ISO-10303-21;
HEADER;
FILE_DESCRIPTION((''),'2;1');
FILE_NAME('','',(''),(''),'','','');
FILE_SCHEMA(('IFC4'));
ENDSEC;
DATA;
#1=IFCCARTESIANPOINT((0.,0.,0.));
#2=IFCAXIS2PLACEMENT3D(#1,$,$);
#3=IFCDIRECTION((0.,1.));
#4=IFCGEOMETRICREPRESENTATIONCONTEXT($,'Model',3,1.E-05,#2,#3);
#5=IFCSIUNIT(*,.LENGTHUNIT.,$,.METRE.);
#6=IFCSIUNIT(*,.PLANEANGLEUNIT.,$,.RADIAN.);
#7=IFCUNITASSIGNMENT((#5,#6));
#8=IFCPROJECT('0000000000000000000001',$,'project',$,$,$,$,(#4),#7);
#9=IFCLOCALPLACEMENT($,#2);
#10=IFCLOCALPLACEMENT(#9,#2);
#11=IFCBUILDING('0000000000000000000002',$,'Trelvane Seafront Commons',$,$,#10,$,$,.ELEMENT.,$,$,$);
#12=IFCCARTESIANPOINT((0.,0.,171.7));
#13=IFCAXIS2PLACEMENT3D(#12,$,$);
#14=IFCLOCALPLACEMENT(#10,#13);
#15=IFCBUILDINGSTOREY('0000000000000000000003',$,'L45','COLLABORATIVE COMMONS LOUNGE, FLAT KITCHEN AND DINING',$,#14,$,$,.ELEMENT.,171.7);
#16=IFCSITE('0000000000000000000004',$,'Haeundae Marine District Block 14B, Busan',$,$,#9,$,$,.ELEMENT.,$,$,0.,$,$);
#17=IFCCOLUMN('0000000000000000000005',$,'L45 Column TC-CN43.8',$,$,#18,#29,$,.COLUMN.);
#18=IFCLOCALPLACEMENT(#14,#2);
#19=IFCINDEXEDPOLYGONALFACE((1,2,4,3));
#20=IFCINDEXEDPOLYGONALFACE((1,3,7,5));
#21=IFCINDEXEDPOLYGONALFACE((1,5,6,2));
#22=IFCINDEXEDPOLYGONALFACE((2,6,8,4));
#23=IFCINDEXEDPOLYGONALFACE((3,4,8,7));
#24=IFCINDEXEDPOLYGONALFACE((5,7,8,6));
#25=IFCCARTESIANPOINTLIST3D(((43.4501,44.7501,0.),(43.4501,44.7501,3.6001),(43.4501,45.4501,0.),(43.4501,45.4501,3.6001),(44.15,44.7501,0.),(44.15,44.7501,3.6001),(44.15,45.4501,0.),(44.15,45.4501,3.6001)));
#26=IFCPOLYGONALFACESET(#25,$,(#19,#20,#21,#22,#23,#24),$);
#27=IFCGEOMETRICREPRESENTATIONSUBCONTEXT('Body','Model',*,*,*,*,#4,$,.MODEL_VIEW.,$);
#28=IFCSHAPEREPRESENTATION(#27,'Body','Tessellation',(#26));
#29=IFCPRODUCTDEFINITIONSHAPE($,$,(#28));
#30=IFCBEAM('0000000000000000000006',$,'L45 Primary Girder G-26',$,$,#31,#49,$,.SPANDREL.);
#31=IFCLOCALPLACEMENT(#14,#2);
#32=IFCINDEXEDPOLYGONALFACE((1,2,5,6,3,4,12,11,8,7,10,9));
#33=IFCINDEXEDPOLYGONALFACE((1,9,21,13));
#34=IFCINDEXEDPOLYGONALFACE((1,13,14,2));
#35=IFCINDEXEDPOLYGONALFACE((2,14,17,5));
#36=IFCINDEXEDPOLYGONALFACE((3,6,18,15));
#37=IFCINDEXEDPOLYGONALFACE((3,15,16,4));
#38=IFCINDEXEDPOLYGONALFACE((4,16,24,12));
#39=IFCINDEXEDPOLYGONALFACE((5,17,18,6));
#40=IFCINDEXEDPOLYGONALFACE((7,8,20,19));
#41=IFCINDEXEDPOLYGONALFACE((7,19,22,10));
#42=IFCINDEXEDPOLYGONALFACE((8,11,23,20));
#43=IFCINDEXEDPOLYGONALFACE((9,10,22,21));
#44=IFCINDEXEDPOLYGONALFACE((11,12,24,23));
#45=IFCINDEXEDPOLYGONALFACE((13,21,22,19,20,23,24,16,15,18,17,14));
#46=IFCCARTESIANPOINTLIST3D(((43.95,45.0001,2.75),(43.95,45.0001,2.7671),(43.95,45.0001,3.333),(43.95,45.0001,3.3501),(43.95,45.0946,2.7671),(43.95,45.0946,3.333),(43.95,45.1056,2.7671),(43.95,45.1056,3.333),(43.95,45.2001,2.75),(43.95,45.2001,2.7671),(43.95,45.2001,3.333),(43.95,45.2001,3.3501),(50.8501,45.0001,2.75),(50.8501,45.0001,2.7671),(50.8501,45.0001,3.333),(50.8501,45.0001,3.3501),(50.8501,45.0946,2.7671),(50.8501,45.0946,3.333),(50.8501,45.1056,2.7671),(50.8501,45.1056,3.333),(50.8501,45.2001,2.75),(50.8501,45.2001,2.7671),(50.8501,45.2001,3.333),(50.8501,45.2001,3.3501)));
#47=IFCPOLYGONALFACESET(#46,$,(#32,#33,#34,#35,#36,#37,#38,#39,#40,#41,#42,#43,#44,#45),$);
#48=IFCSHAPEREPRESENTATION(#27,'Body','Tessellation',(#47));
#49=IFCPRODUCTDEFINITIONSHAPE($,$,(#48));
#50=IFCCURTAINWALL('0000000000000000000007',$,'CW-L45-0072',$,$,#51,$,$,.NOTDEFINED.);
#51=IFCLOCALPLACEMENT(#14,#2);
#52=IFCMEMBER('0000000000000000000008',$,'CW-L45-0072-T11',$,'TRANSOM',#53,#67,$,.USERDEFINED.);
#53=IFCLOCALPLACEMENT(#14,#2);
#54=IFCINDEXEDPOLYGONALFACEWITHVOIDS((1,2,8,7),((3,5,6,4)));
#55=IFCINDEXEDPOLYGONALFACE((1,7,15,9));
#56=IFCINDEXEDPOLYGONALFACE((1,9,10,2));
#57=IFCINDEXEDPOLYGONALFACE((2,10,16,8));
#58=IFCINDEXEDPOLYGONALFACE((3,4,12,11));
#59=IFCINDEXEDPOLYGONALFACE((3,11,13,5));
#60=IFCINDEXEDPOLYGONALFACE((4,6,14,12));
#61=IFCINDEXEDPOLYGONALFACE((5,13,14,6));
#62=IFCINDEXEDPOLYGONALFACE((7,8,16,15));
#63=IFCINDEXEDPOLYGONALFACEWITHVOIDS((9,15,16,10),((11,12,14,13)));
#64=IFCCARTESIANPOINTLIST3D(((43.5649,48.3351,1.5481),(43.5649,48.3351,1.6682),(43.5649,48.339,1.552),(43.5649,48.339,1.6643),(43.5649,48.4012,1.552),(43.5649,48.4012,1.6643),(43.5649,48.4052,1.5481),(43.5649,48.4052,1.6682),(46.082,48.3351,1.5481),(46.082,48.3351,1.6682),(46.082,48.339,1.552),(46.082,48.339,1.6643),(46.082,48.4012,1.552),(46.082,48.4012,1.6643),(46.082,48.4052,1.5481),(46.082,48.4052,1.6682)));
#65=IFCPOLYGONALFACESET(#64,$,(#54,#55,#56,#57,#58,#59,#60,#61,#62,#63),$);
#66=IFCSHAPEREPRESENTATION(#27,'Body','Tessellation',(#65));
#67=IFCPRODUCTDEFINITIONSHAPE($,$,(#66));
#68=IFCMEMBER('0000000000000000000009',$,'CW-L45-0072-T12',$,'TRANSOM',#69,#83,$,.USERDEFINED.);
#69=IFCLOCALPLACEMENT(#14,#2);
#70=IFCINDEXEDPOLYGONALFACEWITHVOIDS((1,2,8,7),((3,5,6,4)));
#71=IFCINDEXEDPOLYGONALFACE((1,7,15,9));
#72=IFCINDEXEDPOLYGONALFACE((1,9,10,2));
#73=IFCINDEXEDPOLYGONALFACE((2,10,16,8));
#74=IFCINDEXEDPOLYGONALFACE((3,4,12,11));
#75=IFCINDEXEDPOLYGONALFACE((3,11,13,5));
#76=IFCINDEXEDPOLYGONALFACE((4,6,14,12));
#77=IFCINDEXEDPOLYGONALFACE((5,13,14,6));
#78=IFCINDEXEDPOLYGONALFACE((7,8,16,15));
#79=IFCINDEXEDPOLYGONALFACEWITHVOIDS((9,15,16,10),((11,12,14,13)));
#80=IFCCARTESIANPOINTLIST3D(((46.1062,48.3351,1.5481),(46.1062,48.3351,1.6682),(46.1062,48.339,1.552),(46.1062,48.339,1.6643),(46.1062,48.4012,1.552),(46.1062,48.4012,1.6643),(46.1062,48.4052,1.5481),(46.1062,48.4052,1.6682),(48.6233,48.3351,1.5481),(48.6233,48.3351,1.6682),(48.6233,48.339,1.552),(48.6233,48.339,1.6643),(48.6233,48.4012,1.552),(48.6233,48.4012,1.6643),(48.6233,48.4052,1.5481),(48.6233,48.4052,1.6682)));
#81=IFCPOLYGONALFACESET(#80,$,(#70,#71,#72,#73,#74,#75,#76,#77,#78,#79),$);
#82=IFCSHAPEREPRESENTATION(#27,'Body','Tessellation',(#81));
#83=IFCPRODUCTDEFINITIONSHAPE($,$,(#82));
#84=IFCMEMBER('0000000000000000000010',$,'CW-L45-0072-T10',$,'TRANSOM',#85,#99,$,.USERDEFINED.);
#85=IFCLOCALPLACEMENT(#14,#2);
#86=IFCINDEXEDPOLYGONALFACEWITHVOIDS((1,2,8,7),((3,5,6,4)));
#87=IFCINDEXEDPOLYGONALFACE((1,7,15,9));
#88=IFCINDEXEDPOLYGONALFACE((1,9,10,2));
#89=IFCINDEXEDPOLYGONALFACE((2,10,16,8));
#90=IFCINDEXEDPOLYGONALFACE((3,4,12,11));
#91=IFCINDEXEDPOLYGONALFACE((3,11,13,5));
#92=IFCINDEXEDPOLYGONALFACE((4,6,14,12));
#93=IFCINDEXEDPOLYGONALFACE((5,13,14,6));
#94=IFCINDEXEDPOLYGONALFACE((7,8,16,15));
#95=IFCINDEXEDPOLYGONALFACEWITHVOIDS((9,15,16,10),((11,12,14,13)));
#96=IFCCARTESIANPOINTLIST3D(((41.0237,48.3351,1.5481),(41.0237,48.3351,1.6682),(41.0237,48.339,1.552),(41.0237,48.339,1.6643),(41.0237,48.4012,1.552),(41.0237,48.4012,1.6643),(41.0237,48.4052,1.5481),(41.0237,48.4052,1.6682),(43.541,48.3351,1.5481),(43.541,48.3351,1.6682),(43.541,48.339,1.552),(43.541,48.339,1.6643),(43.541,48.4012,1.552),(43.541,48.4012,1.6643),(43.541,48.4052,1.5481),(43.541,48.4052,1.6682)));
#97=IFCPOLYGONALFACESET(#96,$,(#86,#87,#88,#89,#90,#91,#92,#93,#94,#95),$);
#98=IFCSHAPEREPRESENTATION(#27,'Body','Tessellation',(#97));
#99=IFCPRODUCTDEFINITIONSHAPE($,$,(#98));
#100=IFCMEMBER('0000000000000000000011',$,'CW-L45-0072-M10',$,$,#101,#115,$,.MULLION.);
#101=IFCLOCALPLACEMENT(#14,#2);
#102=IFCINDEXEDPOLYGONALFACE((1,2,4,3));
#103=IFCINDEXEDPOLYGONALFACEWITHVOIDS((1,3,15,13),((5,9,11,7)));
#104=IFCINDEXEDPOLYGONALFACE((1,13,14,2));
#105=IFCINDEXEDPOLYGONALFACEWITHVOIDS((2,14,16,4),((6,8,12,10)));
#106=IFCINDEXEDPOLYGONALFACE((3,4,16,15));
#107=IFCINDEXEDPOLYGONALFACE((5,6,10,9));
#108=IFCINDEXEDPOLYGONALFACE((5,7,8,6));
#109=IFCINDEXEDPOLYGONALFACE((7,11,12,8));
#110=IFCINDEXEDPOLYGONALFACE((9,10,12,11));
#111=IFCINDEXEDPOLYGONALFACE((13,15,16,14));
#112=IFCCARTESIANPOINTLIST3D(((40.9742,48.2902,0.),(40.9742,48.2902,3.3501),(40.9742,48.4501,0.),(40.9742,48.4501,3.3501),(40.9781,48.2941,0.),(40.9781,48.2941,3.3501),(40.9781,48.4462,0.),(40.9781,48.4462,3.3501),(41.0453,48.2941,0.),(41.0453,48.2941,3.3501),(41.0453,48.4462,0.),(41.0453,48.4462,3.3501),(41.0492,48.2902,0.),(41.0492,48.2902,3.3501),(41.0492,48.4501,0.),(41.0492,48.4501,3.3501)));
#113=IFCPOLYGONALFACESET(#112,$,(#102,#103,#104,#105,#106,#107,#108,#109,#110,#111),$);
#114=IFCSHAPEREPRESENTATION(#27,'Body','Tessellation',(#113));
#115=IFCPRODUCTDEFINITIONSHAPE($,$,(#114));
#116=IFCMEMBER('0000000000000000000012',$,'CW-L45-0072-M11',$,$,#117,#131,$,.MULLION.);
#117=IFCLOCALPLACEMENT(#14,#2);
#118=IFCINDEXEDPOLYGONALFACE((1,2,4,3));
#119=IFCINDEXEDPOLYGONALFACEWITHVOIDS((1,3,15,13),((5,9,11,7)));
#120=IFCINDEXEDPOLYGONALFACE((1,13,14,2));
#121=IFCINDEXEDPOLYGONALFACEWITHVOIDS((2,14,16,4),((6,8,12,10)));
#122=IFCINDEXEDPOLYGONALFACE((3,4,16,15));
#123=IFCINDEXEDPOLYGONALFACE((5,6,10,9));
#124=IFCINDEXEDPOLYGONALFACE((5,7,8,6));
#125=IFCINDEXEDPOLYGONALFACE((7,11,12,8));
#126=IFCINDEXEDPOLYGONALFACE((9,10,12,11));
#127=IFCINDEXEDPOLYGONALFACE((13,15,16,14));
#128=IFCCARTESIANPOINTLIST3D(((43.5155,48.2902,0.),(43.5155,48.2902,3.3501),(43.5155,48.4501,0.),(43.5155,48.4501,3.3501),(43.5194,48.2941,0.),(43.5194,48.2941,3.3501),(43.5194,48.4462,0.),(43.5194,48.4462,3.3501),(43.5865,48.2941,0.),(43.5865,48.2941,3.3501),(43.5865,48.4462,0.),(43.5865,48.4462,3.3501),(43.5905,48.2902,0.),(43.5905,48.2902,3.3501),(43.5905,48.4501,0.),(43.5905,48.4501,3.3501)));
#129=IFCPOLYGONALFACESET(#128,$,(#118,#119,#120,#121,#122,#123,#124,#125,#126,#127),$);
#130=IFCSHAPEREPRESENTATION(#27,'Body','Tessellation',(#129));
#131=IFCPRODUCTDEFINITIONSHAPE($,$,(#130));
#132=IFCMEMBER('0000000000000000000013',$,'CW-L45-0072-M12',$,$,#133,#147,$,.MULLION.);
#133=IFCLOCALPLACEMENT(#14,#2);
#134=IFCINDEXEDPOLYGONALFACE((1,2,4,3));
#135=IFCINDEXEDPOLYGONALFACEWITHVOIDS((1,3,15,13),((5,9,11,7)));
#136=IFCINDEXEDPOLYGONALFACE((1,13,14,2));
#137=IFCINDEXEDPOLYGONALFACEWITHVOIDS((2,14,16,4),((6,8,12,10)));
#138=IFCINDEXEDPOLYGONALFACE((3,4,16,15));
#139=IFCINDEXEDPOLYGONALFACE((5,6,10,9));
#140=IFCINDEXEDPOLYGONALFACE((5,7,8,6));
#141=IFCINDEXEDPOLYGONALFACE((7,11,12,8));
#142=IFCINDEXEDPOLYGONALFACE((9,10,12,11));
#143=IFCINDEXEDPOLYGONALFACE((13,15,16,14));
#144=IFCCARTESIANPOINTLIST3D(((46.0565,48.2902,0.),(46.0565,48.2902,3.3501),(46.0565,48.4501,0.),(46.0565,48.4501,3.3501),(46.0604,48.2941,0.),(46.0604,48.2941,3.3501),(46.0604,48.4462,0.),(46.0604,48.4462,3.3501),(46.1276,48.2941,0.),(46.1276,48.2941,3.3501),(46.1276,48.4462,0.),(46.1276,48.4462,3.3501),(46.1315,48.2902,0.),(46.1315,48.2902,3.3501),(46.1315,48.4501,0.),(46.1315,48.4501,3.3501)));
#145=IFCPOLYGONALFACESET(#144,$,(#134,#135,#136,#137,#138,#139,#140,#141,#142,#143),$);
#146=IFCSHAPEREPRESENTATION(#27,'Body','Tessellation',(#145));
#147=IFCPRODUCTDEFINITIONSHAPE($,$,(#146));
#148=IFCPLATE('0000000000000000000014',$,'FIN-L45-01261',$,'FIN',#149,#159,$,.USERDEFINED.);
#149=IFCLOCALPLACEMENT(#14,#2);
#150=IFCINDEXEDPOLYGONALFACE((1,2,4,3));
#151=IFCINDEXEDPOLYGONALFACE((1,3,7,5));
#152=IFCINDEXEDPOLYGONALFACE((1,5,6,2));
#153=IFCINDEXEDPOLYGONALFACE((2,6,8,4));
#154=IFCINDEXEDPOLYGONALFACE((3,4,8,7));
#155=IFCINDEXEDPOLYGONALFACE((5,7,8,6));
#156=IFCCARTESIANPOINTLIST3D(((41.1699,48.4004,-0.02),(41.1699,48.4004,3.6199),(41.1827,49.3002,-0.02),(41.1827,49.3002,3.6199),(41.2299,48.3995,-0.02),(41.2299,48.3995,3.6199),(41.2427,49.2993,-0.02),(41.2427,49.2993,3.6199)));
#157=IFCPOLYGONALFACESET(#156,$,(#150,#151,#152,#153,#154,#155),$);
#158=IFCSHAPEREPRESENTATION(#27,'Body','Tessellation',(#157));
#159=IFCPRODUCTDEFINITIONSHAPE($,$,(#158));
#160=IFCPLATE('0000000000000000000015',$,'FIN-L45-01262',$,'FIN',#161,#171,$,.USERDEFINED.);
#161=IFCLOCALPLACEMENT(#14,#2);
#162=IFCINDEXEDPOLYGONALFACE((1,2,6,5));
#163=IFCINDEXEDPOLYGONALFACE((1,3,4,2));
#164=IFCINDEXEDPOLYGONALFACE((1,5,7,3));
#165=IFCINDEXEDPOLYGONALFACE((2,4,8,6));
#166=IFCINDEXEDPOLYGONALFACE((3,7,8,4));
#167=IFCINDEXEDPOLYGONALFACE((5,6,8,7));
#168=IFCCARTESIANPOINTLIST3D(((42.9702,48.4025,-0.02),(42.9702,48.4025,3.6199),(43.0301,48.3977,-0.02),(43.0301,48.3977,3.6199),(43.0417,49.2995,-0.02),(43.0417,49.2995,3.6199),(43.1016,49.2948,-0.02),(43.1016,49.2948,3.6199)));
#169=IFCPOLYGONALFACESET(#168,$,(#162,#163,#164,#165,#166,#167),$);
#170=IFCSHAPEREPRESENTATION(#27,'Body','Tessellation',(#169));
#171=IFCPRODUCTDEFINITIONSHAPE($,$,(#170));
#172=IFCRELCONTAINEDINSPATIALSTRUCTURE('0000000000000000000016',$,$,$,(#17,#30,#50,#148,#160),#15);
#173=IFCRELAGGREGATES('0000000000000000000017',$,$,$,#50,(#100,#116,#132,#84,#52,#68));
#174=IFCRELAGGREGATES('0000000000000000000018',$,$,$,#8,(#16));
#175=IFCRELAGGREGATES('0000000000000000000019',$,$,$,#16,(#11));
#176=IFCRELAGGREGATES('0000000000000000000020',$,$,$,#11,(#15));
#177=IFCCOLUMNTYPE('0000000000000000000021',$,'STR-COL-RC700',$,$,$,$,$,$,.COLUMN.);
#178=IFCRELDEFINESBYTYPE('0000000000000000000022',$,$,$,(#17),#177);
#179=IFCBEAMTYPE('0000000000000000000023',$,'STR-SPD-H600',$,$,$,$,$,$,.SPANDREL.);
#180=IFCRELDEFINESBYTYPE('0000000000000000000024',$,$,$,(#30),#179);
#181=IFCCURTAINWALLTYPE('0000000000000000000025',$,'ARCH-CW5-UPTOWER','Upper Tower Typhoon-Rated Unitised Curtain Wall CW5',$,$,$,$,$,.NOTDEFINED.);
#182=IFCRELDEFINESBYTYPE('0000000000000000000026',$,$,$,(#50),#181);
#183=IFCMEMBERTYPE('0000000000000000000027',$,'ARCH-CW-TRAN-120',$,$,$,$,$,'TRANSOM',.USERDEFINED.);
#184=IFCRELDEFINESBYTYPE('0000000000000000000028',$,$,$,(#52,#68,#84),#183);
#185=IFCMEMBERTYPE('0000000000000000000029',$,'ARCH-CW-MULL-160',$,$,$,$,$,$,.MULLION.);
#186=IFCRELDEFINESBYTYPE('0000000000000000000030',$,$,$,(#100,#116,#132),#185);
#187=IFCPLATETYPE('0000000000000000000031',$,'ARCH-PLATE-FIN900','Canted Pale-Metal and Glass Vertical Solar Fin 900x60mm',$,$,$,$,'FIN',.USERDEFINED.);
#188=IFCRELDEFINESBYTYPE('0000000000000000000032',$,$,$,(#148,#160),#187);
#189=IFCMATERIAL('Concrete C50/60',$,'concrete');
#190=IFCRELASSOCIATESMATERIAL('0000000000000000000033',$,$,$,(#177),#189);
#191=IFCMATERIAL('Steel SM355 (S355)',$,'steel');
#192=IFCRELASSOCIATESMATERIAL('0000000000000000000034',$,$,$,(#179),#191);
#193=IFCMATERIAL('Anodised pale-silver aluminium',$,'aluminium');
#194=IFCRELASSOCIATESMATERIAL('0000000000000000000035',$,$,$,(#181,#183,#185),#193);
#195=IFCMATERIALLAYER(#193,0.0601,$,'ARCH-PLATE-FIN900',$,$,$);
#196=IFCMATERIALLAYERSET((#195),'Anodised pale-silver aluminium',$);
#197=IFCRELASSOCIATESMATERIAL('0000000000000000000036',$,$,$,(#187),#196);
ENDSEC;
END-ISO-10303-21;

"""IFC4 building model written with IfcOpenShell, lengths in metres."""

from ifc_helpers import new_model, si_unit, direction, frame, origin, origin_2d, place, context, subcontext, project, spatial, rectangle, hollow_rectangle, i_section, extrude, source, transform, mapped, material, layer, layer_set, material_profile, profile_set, type_object, element, aggregate, save


model = new_model("IFC4")

# Units and contexts
model_context = context("Model", 3, precision=1e-05, world=origin(), true_north=direction((0.0, 1.0)))
body_context = subcontext(model_context, "Body", "Model", "MODEL_VIEW")
ifc_project = project(units=[si_unit("LENGTHUNIT", "METRE"), si_unit("PLANEANGLEUNIT", "RADIAN")], contexts=[model_context])

# Site, building, storey
site_placement = place(None, origin())
site = spatial("IfcSite", under=ifc_project, at=site_placement, Name="Haeundae Marine District Block 14B, Busan", CompositionType="ELEMENT", RefElevation=0.0)
building_placement = place(site_placement, origin())
building = spatial("IfcBuilding", under=site, at=building_placement, Name="Trelvane Seafront Commons", CompositionType="ELEMENT")
storey_placement = place(building_placement, frame((0.0, 0.0, 171.7)))
storey = spatial("IfcBuildingStorey", under=building, at=storey_placement, Name="L45", Description="COLLABORATIVE COMMONS LOUNGE, FLAT KITCHEN AND DINING", CompositionType="ELEMENT", Elevation=171.7)

# Column
ifc_material_1 = material(Name="Concrete C50/60", Category="concrete")
ifc_material_profile_1 = material_profile(ifc_material_1, rectangle(XDim=0.7, YDim=0.7, at=origin_2d()), Name="RC-700x700")
ifc_profile_set_1 = profile_set([ifc_material_profile_1], Name="Concrete C50/60")
column_type = type_object("IfcColumnType", Name="STR-COL-RC700", PredefinedType="COLUMN", material=ifc_profile_set_1)
shared_shape_1 = source(origin(), body_context, "Body", "SweptSolid", [
    extrude(rectangle(XDim=0.7, YDim=0.7, at=origin_2d()), origin(), (0.0, 0.0, 1.0), 3.6001),
])
column_placement = place(storey_placement, frame((43.8, 45.1001, 0.0), z_axis=(0.0, 0.0, 1.0), x_axis=(1.0, 0.0, 0.0)))
element("IfcColumn", 1, at=column_placement, inside=storey, type_object=column_type, Name="L45 Column TC-CN43.8", PredefinedType="COLUMN", context=body_context, shape_type="MappedRepresentation", body=[
    mapped(shared_shape_1, transform((0.0, 0.0, 0.0), x_axis=(1.0, 0.0, 0.0), y_axis=(0.0, 1.0, 0.0), z_axis=(0.0, 0.0, 1.0), scale=1.0)),
])

# Beam
ifc_material_2 = material(Name="Steel SM355 (S355)", Category="steel")
ifc_material_profile_2 = material_profile(ifc_material_2, i_section(OverallWidth=0.2, OverallDepth=0.6001, WebThickness=0.011, FlangeThickness=0.0171, at=origin_2d()), Name="H-600x200x11x17")
ifc_profile_set_2 = profile_set([ifc_material_profile_2], Name="Steel SM355 (S355)")
beam_type = type_object("IfcBeamType", Name="STR-SPD-H600", PredefinedType="SPANDREL", material=ifc_profile_set_2)
shared_shape_2 = source(origin(), body_context, "Body", "SweptSolid", [
    extrude(i_section(OverallWidth=0.2, OverallDepth=0.6001, WebThickness=0.011, FlangeThickness=0.0171, at=origin_2d()), origin(), (0.0, 0.0, 1.0), 6.9001),
])
beam_placement = place(storey_placement, frame((43.95, 45.1001, 3.05), z_axis=(1.0, 0.0, 0.0), x_axis=(0.0, 1.0, 0.0)))
element("IfcBeam", 2, at=beam_placement, inside=storey, type_object=beam_type, Name="L45 Primary Girder G-26", PredefinedType="SPANDREL", context=body_context, shape_type="MappedRepresentation", body=[
    mapped(shared_shape_2, transform((0.0, 0.0, 0.0), x_axis=(1.0, 0.0, 0.0), y_axis=(0.0, 1.0, 0.0), z_axis=(0.0, 0.0, 1.0), scale=1.0)),
])

# Curtain wall, members
ifc_material_3 = material(Name="Anodised pale-silver aluminium", Category="aluminium")
curtain_wall_type = type_object("IfcCurtainWallType", Name="ARCH-CW5-UPTOWER", Description="Upper Tower Typhoon-Rated Unitised Curtain Wall CW5", PredefinedType="NOTDEFINED", material=ifc_material_3)
curtain_wall_placement = place(storey_placement, origin())
curtain_wall = element("IfcCurtainWall", 3, at=curtain_wall_placement, inside=storey, type_object=curtain_wall_type, Name="CW-L45-0072", PredefinedType="NOTDEFINED")
ifc_material_profile_3 = material_profile(ifc_material_3, hollow_rectangle(XDim=0.0701, YDim=0.1201, WallThickness=0.0039, at=origin_2d()), Name="TRAN-70x120x4")
ifc_profile_set_3 = profile_set([ifc_material_profile_3], Name="Anodised pale-silver aluminium")
member_type_1 = type_object("IfcMemberType", Name="ARCH-CW-TRAN-120", ElementType="TRANSOM", PredefinedType="USERDEFINED", material=ifc_profile_set_3)
shared_shape_3 = source(origin(), body_context, "Body", "SweptSolid", [
    extrude(hollow_rectangle(XDim=0.0701, YDim=0.1201, WallThickness=0.0039, at=origin_2d()), origin(), (0.0, 0.0, 1.0), 2.5171),
])
member_1_placement = place(storey_placement, frame((43.5649, 48.3701, 1.6082), z_axis=(1.0, 0.0, 0.0), x_axis=(0.0, 1.0, 0.0)))
member_1 = element("IfcMember", 4, at=member_1_placement, type_object=member_type_1, Name="CW-L45-0072-T11", ObjectType="TRANSOM", PredefinedType="USERDEFINED", context=body_context, shape_type="MappedRepresentation", body=[
    mapped(shared_shape_3, transform((0.0, 0.0, 0.0), x_axis=(1.0, 0.0, 0.0), y_axis=(0.0, 1.0, 0.0), z_axis=(0.0, 0.0, 1.0), scale=1.0)),
])
member_2_placement = place(storey_placement, frame((46.1062, 48.3701, 1.6082), z_axis=(1.0, 0.0, 0.0), x_axis=(0.0, 1.0, 0.0)))
member_2 = element("IfcMember", 5, at=member_2_placement, type_object=member_type_1, Name="CW-L45-0072-T12", ObjectType="TRANSOM", PredefinedType="USERDEFINED", context=body_context, shape_type="MappedRepresentation", body=[
    mapped(shared_shape_3, transform((0.0, 0.0, 0.0), x_axis=(1.0, 0.0, 0.0), y_axis=(0.0, 1.0, 0.0), z_axis=(0.0, 0.0, 1.0), scale=1.0)),
])
shared_shape_4 = source(origin(), body_context, "Body", "SweptSolid", [
    extrude(hollow_rectangle(XDim=0.0701, YDim=0.1201, WallThickness=0.0039, at=origin_2d()), origin(), (0.0, 0.0, 1.0), 2.5173),
])
member_3_placement = place(storey_placement, frame((41.0237, 48.3701, 1.6082), z_axis=(1.0, 0.0, 0.0), x_axis=(0.0, 1.0, 0.0)))
member_3 = element("IfcMember", 6, at=member_3_placement, type_object=member_type_1, Name="CW-L45-0072-T10", ObjectType="TRANSOM", PredefinedType="USERDEFINED", context=body_context, shape_type="MappedRepresentation", body=[
    mapped(shared_shape_4, transform((0.0, 0.0, 0.0), x_axis=(1.0, 0.0, 0.0), y_axis=(0.0, 1.0, 0.0), z_axis=(0.0, 0.0, 1.0), scale=1.0)),
])
ifc_material_profile_4 = material_profile(ifc_material_3, hollow_rectangle(XDim=0.075, YDim=0.1599, WallThickness=0.0039, at=origin_2d()), Name="MULL-75x160x4")
ifc_profile_set_4 = profile_set([ifc_material_profile_4], Name="Anodised pale-silver aluminium")
member_type_2 = type_object("IfcMemberType", Name="ARCH-CW-MULL-160", PredefinedType="MULLION", material=ifc_profile_set_4)
shared_shape_5 = source(origin(), body_context, "Body", "SweptSolid", [
    extrude(hollow_rectangle(XDim=0.075, YDim=0.1599, WallThickness=0.0039, at=origin_2d()), origin(), (0.0, 0.0, 1.0), 3.3501),
])
member_4_placement = place(storey_placement, frame((41.0117, 48.3701, 0.0), z_axis=(0.0, 0.0, 1.0), x_axis=(1.0, 0.0, 0.0)))
member_4 = element("IfcMember", 7, at=member_4_placement, type_object=member_type_2, Name="CW-L45-0072-M10", PredefinedType="MULLION", context=body_context, shape_type="MappedRepresentation", body=[
    mapped(shared_shape_5, transform((0.0, 0.0, 0.0), x_axis=(1.0, 0.0, 0.0), y_axis=(0.0, 1.0, 0.0), z_axis=(0.0, 0.0, 1.0), scale=1.0)),
])
member_5_placement = place(storey_placement, frame((43.553, 48.3701, 0.0), z_axis=(0.0, 0.0, 1.0), x_axis=(1.0, 0.0, 0.0)))
member_5 = element("IfcMember", 8, at=member_5_placement, type_object=member_type_2, Name="CW-L45-0072-M11", PredefinedType="MULLION", context=body_context, shape_type="MappedRepresentation", body=[
    mapped(shared_shape_5, transform((0.0, 0.0, 0.0), x_axis=(1.0, 0.0, 0.0), y_axis=(0.0, 1.0, 0.0), z_axis=(0.0, 0.0, 1.0), scale=1.0)),
])
member_6_placement = place(storey_placement, frame((46.094, 48.3701, 0.0), z_axis=(0.0, 0.0, 1.0), x_axis=(1.0, 0.0, 0.0)))
member_6 = element("IfcMember", 9, at=member_6_placement, type_object=member_type_2, Name="CW-L45-0072-M12", PredefinedType="MULLION", context=body_context, shape_type="MappedRepresentation", body=[
    mapped(shared_shape_5, transform((0.0, 0.0, 0.0), x_axis=(1.0, 0.0, 0.0), y_axis=(0.0, 1.0, 0.0), z_axis=(0.0, 0.0, 1.0), scale=1.0)),
])

# Plates
ifc_layer_1 = layer(ifc_material_3, 0.0601, Name="ARCH-PLATE-FIN900")
ifc_layer_set_1 = layer_set([ifc_layer_1], Name="Anodised pale-silver aluminium")
plate_type_1 = type_object("IfcPlateType", Name="ARCH-PLATE-FIN900", Description="Canted Pale-Metal and Glass Vertical Solar Fin 900x60mm", ElementType="FIN", PredefinedType="USERDEFINED", material=ifc_layer_set_1)
shared_shape_6 = source(origin(), body_context, "Body", "SweptSolid", [
    extrude(rectangle(XDim=0.8999, YDim=0.0601, at=origin_2d()), origin(), (0.0, 0.0, 1.0), 3.6399),
])
for number, where, z_axis, x_axis, name in (
    (10, (41.2063, 48.8499, -0.02), (0.0, 0.0, 1.0), (0.014222, 0.999899, 0.0), "FIN-L45-01261"),
    (11, (43.0359, 48.8486, -0.02), (0.0, 0.0, 1.0), (0.07944, 0.99684, 0.0), "FIN-L45-01262"),
):
    element("IfcPlate", number, at=place(storey_placement, frame(where, z_axis=z_axis, x_axis=x_axis)), inside=storey, type_object=plate_type_1, Name=name, ObjectType="FIN", PredefinedType="USERDEFINED", context=body_context, shape_type="MappedRepresentation", body=[
        mapped(shared_shape_6, transform((0.0, 0.0, 0.0), x_axis=(1.0, 0.0, 0.0), y_axis=(0.0, 1.0, 0.0), z_axis=(0.0, 0.0, 1.0), scale=1.0)),
    ])

aggregate(curtain_wall, [member_4, member_5, member_6, member_3, member_1, member_2])

save(model, "model.ifc")
